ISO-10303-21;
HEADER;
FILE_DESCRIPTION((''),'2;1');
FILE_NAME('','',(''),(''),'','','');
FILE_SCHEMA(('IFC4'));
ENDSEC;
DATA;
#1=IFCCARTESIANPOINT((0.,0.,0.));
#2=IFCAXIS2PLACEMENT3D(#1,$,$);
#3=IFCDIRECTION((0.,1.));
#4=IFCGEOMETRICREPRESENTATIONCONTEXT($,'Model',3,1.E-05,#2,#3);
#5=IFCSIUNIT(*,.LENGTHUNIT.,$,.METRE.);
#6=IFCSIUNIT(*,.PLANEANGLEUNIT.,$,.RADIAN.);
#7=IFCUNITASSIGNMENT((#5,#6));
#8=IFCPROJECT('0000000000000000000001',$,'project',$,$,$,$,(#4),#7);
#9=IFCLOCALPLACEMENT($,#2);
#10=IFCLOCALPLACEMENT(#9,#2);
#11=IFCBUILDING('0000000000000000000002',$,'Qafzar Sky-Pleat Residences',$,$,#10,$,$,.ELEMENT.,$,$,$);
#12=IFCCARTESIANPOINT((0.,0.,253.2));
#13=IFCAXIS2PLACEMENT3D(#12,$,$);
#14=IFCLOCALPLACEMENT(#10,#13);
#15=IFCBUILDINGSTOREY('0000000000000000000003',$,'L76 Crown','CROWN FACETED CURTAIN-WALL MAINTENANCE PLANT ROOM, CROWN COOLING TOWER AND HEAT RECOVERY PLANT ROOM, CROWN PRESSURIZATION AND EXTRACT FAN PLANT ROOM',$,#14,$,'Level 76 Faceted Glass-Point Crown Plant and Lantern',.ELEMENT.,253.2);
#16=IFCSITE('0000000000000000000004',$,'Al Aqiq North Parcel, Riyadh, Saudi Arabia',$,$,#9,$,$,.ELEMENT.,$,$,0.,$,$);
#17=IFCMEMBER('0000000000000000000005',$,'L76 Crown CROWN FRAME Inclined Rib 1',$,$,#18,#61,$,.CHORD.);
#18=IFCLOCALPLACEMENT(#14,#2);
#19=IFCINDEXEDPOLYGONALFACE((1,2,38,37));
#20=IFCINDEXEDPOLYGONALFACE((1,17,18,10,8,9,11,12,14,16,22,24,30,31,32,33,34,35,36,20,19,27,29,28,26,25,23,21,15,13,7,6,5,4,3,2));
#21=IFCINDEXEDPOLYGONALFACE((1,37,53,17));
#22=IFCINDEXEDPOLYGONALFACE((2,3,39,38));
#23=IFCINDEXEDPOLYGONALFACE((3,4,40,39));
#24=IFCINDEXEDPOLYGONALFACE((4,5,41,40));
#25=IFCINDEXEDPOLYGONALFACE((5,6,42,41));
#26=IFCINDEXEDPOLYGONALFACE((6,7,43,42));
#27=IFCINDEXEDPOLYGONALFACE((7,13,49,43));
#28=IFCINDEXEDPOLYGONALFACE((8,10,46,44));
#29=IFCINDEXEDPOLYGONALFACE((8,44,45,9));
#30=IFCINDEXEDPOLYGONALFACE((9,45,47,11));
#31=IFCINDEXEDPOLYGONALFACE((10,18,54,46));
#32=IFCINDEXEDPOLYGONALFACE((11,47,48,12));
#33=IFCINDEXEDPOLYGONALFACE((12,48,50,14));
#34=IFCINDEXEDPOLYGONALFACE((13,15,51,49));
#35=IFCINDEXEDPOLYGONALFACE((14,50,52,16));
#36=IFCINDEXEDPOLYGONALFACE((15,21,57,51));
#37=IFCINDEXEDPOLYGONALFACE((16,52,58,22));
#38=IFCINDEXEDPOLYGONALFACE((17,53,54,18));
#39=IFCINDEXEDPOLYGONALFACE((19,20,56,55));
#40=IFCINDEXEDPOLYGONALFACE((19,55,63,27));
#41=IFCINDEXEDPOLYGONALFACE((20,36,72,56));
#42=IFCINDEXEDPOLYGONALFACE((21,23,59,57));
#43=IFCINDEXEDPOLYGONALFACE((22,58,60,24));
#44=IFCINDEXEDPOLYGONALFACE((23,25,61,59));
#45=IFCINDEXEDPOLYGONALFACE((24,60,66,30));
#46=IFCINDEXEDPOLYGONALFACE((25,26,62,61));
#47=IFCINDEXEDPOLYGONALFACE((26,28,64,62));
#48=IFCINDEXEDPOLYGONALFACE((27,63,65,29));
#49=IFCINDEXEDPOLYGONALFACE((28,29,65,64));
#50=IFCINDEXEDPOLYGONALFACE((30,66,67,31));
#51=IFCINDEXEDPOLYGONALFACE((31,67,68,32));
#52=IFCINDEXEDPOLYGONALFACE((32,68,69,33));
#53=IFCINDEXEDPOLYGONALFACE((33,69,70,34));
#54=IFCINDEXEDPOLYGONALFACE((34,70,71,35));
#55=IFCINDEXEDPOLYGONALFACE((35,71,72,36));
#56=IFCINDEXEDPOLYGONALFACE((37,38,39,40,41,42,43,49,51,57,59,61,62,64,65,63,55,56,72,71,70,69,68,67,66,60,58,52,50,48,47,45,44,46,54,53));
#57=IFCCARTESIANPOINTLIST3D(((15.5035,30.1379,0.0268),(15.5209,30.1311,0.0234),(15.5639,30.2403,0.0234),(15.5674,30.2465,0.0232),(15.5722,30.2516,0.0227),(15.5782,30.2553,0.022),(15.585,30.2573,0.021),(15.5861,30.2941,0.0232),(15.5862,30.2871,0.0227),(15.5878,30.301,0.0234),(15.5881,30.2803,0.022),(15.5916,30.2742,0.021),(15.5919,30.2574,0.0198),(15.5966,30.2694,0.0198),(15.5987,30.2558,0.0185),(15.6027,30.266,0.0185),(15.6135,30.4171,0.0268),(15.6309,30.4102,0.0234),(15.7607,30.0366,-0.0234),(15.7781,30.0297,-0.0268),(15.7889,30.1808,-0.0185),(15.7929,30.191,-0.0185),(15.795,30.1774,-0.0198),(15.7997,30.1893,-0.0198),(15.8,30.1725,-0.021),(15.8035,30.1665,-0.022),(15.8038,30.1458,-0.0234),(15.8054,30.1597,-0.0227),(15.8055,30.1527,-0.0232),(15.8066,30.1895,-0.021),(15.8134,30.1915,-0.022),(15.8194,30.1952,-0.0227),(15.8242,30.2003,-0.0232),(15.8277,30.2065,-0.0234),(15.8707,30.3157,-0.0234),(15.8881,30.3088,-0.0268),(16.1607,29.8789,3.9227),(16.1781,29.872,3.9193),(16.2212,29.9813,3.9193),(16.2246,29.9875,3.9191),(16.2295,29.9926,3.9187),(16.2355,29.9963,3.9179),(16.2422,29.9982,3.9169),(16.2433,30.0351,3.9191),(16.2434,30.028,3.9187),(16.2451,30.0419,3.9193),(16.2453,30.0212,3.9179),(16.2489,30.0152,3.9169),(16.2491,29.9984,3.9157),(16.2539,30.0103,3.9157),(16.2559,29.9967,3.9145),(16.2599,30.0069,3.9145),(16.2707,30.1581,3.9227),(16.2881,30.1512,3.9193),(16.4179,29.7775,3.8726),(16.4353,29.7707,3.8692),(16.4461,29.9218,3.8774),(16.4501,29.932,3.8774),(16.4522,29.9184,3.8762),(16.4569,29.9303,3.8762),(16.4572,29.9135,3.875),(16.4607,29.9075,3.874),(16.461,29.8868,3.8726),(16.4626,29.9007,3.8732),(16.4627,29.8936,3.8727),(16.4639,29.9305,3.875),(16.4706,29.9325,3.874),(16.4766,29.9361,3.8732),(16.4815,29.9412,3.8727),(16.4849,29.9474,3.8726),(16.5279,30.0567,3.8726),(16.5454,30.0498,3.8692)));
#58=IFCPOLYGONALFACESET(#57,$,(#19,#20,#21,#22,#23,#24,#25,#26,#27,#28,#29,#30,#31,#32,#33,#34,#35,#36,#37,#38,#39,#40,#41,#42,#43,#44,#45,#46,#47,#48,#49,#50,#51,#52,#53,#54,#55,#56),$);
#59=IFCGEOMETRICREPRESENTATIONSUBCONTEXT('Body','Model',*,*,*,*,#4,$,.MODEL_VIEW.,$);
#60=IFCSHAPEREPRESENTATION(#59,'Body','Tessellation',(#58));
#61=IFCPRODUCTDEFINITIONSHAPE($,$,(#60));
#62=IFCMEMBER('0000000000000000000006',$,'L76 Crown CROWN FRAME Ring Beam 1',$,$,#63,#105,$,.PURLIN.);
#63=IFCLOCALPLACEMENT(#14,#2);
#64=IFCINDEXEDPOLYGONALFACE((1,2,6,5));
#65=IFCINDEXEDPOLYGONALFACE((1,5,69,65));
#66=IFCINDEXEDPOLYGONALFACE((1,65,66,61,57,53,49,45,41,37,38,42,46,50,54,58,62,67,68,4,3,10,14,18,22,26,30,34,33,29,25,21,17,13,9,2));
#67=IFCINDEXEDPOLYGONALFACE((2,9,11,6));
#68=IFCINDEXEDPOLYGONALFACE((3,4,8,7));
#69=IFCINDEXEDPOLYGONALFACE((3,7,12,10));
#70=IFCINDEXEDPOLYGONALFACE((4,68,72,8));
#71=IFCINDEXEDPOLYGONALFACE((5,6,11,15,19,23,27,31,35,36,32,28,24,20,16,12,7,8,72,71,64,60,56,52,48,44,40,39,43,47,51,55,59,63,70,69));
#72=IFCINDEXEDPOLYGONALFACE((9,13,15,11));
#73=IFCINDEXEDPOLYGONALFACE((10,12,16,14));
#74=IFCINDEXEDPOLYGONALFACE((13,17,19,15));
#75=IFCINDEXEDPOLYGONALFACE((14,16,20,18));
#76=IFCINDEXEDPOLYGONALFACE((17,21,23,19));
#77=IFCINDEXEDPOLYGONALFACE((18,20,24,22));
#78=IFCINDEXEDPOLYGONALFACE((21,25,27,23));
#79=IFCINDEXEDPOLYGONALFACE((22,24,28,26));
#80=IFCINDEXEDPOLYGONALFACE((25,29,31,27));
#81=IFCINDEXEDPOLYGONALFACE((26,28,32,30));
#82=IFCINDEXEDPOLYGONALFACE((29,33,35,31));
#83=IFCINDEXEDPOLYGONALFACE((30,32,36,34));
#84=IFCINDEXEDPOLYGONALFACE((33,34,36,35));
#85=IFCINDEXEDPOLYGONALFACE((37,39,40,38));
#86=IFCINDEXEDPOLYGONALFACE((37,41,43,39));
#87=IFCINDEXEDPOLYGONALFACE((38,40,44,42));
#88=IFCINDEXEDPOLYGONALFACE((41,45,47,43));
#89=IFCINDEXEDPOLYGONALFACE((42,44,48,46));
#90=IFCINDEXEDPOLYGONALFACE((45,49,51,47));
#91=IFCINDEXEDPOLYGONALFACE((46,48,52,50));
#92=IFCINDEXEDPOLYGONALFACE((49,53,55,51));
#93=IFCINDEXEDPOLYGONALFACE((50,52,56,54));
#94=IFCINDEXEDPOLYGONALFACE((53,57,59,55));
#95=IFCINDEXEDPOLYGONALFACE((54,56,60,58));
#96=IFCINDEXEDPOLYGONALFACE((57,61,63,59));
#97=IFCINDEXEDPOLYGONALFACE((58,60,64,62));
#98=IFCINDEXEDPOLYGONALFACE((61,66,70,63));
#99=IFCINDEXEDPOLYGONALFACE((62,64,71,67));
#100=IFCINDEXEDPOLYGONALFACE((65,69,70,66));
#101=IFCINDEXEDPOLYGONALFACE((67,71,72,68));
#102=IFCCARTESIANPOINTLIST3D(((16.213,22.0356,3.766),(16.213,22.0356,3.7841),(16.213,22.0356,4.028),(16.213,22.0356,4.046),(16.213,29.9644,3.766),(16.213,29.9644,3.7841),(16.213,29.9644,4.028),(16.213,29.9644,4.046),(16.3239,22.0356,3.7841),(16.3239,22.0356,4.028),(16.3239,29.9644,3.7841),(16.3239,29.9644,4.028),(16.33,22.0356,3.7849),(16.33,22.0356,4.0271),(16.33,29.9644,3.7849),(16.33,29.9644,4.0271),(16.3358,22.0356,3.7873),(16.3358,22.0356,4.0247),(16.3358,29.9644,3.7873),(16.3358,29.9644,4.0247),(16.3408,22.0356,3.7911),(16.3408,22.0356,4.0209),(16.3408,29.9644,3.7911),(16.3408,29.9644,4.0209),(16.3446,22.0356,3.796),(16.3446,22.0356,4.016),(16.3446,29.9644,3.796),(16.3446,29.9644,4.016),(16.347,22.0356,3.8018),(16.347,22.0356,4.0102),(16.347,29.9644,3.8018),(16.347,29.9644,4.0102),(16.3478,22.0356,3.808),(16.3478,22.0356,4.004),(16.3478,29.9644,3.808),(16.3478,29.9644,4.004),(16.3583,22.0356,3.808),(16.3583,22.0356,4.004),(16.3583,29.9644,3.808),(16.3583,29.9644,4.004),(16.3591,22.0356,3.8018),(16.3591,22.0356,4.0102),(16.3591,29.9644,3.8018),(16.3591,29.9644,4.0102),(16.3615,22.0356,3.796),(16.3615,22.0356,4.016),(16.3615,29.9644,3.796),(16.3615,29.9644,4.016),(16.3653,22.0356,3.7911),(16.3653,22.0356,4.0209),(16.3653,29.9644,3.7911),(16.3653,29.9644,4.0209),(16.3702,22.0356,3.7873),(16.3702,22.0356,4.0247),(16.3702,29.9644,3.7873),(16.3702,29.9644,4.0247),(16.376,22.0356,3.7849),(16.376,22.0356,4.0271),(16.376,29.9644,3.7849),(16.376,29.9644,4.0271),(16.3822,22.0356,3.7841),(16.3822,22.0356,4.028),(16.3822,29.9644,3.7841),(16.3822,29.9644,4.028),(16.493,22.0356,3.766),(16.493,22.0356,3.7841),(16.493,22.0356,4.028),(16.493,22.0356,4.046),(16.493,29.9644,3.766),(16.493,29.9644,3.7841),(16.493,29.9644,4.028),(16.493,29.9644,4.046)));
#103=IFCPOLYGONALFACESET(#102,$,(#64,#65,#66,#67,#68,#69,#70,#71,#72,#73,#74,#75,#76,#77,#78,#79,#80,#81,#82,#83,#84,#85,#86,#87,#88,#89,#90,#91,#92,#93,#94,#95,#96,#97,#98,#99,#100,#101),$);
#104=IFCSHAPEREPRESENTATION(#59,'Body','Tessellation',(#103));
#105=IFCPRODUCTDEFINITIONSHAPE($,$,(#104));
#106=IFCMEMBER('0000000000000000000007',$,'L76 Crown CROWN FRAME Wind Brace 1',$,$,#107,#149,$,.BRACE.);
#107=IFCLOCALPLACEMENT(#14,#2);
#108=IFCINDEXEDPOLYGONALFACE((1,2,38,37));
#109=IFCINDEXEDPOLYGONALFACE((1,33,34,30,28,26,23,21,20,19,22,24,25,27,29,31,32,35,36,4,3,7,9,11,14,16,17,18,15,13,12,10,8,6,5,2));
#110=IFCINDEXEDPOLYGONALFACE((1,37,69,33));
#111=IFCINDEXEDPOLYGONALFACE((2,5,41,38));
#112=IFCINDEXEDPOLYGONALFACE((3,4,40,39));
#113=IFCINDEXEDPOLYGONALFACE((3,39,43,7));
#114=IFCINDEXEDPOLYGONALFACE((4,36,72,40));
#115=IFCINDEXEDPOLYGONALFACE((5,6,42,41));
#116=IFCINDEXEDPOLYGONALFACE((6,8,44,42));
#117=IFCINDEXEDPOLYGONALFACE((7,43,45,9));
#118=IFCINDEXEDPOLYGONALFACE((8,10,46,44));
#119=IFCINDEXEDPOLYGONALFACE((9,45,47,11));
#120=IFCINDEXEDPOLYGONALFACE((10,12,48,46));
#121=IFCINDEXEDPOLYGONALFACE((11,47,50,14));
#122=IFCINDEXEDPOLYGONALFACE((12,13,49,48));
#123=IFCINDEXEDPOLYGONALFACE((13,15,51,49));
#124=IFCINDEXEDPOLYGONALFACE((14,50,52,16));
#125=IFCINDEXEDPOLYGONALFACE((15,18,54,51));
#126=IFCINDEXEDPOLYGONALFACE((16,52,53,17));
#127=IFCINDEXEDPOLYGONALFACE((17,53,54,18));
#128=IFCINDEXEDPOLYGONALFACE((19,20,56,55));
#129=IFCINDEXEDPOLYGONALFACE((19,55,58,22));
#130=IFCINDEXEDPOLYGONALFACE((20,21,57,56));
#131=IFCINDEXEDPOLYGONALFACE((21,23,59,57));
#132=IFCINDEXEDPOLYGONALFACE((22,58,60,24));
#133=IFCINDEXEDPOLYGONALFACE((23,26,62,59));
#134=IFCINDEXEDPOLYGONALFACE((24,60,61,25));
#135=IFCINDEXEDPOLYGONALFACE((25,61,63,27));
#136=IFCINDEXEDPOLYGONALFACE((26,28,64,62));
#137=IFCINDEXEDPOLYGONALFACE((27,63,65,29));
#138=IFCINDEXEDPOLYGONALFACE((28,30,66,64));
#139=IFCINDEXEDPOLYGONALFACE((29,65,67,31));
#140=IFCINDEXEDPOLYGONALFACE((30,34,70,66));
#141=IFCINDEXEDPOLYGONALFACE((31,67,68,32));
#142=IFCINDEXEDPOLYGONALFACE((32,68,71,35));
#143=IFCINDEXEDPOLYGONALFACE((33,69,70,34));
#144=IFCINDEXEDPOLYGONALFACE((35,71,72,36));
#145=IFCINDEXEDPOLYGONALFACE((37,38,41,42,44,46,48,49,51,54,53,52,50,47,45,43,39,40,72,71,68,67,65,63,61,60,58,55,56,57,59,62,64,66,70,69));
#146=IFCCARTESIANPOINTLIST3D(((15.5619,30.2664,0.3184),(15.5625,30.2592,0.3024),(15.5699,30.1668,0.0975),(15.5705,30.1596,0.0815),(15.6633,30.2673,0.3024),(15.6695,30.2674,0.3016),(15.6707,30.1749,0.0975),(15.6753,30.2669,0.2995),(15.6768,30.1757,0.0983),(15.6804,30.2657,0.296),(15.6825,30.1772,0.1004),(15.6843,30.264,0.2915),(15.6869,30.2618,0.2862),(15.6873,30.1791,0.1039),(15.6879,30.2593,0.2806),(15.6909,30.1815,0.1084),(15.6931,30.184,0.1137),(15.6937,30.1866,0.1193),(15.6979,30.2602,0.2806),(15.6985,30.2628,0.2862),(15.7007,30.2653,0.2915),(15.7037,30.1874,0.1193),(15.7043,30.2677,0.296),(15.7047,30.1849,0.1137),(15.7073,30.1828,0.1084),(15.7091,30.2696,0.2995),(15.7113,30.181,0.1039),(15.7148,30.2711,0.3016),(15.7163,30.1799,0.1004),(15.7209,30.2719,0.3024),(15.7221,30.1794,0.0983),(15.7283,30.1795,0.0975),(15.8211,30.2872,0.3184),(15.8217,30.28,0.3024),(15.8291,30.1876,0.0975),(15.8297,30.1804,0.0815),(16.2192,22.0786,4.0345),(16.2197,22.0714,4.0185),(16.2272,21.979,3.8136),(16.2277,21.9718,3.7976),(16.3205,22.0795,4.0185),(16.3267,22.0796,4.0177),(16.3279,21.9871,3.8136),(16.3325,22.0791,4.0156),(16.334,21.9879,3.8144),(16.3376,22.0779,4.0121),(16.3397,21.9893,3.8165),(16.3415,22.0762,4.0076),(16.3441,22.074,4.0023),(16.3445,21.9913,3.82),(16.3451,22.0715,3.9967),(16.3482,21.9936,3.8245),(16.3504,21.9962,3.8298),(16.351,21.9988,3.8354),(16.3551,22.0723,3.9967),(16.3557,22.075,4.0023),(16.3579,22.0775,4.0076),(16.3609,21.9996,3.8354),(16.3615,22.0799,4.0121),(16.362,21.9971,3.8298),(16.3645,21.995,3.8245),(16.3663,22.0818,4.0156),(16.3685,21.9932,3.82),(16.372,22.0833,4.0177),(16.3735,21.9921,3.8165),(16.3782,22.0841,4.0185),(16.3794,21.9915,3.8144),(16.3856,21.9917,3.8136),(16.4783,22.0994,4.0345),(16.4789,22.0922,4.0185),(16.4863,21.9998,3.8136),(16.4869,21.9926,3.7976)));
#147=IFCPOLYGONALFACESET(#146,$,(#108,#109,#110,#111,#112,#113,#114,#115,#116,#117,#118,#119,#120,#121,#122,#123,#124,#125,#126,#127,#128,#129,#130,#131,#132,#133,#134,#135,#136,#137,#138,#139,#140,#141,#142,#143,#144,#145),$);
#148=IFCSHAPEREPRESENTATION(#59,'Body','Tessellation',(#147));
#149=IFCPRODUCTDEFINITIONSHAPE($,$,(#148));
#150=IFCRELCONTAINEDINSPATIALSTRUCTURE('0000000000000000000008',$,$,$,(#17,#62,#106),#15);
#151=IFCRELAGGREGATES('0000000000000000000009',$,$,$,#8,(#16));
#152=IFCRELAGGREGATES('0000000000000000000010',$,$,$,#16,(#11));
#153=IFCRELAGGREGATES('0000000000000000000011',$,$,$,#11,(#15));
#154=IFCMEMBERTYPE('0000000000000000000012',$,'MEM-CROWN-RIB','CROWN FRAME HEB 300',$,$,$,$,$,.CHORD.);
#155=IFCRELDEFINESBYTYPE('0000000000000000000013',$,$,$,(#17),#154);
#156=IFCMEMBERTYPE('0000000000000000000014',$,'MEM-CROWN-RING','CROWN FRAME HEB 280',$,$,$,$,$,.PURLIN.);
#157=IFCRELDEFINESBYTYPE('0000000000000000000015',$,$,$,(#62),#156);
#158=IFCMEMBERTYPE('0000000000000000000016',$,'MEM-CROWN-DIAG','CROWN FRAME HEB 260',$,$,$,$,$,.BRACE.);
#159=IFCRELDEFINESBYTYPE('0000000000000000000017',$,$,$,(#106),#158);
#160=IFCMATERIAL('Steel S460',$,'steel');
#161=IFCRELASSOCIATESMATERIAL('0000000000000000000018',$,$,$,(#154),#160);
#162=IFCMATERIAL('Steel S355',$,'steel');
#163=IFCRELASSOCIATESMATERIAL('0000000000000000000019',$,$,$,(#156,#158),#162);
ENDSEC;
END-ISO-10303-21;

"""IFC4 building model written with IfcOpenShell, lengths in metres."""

from ifc_helpers import new_model, si_unit, direction, frame, origin, origin_2d, place, context, subcontext, project, spatial, i_section, extrude, source, transform, mapped, material, material_profile, profile_set, type_object, element, save


model = new_model("IFC4")

# Units and contexts
model_context = context("Model", 3, precision=1e-05, world=origin(), true_north=direction((0.0, 1.0)))
body_context = subcontext(model_context, "Body", "Model", "MODEL_VIEW")
ifc_project = project(units=[si_unit("LENGTHUNIT", "METRE"), si_unit("PLANEANGLEUNIT", "RADIAN")], contexts=[model_context])

# Site, building, storey
site_placement = place(None, origin())
site = spatial("IfcSite", under=ifc_project, at=site_placement, Name="Al Aqiq North Parcel, Riyadh, Saudi Arabia", CompositionType="ELEMENT", RefElevation=0.0)
building_placement = place(site_placement, origin())
building = spatial("IfcBuilding", under=site, at=building_placement, Name="Qafzar Sky-Pleat Residences", CompositionType="ELEMENT")
storey_placement = place(building_placement, frame((0.0, 0.0, 253.2)))
storey = spatial("IfcBuildingStorey", under=building, at=storey_placement, Name="L76 Crown", Description="CROWN FACETED CURTAIN-WALL MAINTENANCE PLANT ROOM, CROWN COOLING TOWER AND HEAT RECOVERY PLANT ROOM, CROWN PRESSURIZATION AND EXTRACT FAN PLANT ROOM", LongName="Level 76 Faceted Glass-Point Crown Plant and Lantern", CompositionType="ELEMENT", Elevation=253.2)

# Members
ifc_material_1 = material(Name="Steel S460", Category="steel")
ifc_material_profile_1 = material_profile(ifc_material_1, i_section(OverallWidth=0.3, OverallDepth=0.3, WebThickness=0.011, FlangeThickness=0.019, FilletRadius=0.0271, at=origin_2d()), Name="HEB 300")
ifc_profile_set_1 = profile_set([ifc_material_profile_1], Name="Steel S460")
member_type_1 = type_object("IfcMemberType", Name="MEM-CROWN-RIB", Description="CROWN FRAME HEB 300", PredefinedType="CHORD", material=ifc_profile_set_1)
shared_shape_1 = source(origin(), body_context, "Body", "SweptSolid", [
    extrude(i_section(OverallWidth=0.3, OverallDepth=0.3, WebThickness=0.011, FlangeThickness=0.019, FilletRadius=0.0271, at=origin_2d()), origin(), (0.0, 0.0, 1.0), 3.9595),
])
member_1_placement = place(storey_placement, frame((15.6958, 30.2234, 0.0), z_axis=(0.165986, -0.06542, 0.983956), x_axis=(0.366679, 0.930348, 0.0)))
element("IfcMember", 1, at=member_1_placement, inside=storey, type_object=member_type_1, Name="L76 Crown CROWN FRAME Inclined Rib 1", PredefinedType="CHORD", context=body_context, shape_type="MappedRepresentation", body=[
    mapped(shared_shape_1, transform((0.0, 0.0, 0.0), x_axis=(1.0, 0.0, 0.0), y_axis=(0.0, 1.0, 0.0), z_axis=(0.0, 0.0, 1.0), scale=1.0)),
])
ifc_material_2 = material(Name="Steel S355", Category="steel")
ifc_material_profile_2 = material_profile(ifc_material_2, i_section(OverallWidth=0.28, OverallDepth=0.28, WebThickness=0.0105, FlangeThickness=0.0181, FilletRadius=0.0239, at=origin_2d()), Name="HEB 280")
ifc_profile_set_2 = profile_set([ifc_material_profile_2], Name="Steel S355")
member_type_2 = type_object("IfcMemberType", Name="MEM-CROWN-RING", Description="CROWN FRAME HEB 280", PredefinedType="PURLIN", material=ifc_profile_set_2)
shared_shape_2 = source(origin(), body_context, "Body", "SweptSolid", [
    extrude(i_section(OverallWidth=0.28, OverallDepth=0.28, WebThickness=0.0105, FlangeThickness=0.0181, FilletRadius=0.0239, at=origin_2d()), origin(), (0.0, 0.0, 1.0), 7.9287),
])
member_2_placement = place(storey_placement, frame((16.353, 29.9644, 3.906), z_axis=(0.0, -1.0, 0.0), x_axis=(1.0, 0.0, 0.0)))
element("IfcMember", 2, at=member_2_placement, inside=storey, type_object=member_type_2, Name="L76 Crown CROWN FRAME Ring Beam 1", PredefinedType="PURLIN", context=body_context, shape_type="MappedRepresentation", body=[
    mapped(shared_shape_2, transform((0.0, 0.0, 0.0), x_axis=(1.0, 0.0, 0.0), y_axis=(0.0, 1.0, 0.0), z_axis=(0.0, 0.0, 1.0), scale=1.0)),
])
ifc_material_profile_3 = material_profile(ifc_material_2, i_section(OverallWidth=0.26, OverallDepth=0.26, WebThickness=0.01, FlangeThickness=0.0176, FilletRadius=0.0239, at=origin_2d()), Name="HEB 260")
ifc_profile_set_3 = profile_set([ifc_material_profile_3], Name="Steel S355")
member_type_3 = type_object("IfcMemberType", Name="MEM-CROWN-DIAG", Description="CROWN FRAME HEB 260", PredefinedType="BRACE", material=ifc_profile_set_3)
shared_shape_3 = source(origin(), body_context, "Body", "SweptSolid", [
    extrude(i_section(OverallWidth=0.26, OverallDepth=0.26, WebThickness=0.01, FlangeThickness=0.0176, FilletRadius=0.0239, at=origin_2d()), origin(), (0.0, 0.0, 1.0), 9.0156),
])
member_3_placement = place(storey_placement, frame((15.6958, 30.2234, 0.2), z_axis=(0.072899, -0.90818, 0.412184), x_axis=(0.996794, 0.080012, 0.0)))
element("IfcMember", 3, at=member_3_placement, inside=storey, type_object=member_type_3, Name="L76 Crown CROWN FRAME Wind Brace 1", PredefinedType="BRACE", context=body_context, shape_type="MappedRepresentation", body=[
    mapped(shared_shape_3, transform((0.0, 0.0, 0.0), x_axis=(1.0, 0.0, 0.0), y_axis=(0.0, 1.0, 0.0), z_axis=(0.0, 0.0, 1.0), scale=1.0)),
])

save(model, "model.ifc")
